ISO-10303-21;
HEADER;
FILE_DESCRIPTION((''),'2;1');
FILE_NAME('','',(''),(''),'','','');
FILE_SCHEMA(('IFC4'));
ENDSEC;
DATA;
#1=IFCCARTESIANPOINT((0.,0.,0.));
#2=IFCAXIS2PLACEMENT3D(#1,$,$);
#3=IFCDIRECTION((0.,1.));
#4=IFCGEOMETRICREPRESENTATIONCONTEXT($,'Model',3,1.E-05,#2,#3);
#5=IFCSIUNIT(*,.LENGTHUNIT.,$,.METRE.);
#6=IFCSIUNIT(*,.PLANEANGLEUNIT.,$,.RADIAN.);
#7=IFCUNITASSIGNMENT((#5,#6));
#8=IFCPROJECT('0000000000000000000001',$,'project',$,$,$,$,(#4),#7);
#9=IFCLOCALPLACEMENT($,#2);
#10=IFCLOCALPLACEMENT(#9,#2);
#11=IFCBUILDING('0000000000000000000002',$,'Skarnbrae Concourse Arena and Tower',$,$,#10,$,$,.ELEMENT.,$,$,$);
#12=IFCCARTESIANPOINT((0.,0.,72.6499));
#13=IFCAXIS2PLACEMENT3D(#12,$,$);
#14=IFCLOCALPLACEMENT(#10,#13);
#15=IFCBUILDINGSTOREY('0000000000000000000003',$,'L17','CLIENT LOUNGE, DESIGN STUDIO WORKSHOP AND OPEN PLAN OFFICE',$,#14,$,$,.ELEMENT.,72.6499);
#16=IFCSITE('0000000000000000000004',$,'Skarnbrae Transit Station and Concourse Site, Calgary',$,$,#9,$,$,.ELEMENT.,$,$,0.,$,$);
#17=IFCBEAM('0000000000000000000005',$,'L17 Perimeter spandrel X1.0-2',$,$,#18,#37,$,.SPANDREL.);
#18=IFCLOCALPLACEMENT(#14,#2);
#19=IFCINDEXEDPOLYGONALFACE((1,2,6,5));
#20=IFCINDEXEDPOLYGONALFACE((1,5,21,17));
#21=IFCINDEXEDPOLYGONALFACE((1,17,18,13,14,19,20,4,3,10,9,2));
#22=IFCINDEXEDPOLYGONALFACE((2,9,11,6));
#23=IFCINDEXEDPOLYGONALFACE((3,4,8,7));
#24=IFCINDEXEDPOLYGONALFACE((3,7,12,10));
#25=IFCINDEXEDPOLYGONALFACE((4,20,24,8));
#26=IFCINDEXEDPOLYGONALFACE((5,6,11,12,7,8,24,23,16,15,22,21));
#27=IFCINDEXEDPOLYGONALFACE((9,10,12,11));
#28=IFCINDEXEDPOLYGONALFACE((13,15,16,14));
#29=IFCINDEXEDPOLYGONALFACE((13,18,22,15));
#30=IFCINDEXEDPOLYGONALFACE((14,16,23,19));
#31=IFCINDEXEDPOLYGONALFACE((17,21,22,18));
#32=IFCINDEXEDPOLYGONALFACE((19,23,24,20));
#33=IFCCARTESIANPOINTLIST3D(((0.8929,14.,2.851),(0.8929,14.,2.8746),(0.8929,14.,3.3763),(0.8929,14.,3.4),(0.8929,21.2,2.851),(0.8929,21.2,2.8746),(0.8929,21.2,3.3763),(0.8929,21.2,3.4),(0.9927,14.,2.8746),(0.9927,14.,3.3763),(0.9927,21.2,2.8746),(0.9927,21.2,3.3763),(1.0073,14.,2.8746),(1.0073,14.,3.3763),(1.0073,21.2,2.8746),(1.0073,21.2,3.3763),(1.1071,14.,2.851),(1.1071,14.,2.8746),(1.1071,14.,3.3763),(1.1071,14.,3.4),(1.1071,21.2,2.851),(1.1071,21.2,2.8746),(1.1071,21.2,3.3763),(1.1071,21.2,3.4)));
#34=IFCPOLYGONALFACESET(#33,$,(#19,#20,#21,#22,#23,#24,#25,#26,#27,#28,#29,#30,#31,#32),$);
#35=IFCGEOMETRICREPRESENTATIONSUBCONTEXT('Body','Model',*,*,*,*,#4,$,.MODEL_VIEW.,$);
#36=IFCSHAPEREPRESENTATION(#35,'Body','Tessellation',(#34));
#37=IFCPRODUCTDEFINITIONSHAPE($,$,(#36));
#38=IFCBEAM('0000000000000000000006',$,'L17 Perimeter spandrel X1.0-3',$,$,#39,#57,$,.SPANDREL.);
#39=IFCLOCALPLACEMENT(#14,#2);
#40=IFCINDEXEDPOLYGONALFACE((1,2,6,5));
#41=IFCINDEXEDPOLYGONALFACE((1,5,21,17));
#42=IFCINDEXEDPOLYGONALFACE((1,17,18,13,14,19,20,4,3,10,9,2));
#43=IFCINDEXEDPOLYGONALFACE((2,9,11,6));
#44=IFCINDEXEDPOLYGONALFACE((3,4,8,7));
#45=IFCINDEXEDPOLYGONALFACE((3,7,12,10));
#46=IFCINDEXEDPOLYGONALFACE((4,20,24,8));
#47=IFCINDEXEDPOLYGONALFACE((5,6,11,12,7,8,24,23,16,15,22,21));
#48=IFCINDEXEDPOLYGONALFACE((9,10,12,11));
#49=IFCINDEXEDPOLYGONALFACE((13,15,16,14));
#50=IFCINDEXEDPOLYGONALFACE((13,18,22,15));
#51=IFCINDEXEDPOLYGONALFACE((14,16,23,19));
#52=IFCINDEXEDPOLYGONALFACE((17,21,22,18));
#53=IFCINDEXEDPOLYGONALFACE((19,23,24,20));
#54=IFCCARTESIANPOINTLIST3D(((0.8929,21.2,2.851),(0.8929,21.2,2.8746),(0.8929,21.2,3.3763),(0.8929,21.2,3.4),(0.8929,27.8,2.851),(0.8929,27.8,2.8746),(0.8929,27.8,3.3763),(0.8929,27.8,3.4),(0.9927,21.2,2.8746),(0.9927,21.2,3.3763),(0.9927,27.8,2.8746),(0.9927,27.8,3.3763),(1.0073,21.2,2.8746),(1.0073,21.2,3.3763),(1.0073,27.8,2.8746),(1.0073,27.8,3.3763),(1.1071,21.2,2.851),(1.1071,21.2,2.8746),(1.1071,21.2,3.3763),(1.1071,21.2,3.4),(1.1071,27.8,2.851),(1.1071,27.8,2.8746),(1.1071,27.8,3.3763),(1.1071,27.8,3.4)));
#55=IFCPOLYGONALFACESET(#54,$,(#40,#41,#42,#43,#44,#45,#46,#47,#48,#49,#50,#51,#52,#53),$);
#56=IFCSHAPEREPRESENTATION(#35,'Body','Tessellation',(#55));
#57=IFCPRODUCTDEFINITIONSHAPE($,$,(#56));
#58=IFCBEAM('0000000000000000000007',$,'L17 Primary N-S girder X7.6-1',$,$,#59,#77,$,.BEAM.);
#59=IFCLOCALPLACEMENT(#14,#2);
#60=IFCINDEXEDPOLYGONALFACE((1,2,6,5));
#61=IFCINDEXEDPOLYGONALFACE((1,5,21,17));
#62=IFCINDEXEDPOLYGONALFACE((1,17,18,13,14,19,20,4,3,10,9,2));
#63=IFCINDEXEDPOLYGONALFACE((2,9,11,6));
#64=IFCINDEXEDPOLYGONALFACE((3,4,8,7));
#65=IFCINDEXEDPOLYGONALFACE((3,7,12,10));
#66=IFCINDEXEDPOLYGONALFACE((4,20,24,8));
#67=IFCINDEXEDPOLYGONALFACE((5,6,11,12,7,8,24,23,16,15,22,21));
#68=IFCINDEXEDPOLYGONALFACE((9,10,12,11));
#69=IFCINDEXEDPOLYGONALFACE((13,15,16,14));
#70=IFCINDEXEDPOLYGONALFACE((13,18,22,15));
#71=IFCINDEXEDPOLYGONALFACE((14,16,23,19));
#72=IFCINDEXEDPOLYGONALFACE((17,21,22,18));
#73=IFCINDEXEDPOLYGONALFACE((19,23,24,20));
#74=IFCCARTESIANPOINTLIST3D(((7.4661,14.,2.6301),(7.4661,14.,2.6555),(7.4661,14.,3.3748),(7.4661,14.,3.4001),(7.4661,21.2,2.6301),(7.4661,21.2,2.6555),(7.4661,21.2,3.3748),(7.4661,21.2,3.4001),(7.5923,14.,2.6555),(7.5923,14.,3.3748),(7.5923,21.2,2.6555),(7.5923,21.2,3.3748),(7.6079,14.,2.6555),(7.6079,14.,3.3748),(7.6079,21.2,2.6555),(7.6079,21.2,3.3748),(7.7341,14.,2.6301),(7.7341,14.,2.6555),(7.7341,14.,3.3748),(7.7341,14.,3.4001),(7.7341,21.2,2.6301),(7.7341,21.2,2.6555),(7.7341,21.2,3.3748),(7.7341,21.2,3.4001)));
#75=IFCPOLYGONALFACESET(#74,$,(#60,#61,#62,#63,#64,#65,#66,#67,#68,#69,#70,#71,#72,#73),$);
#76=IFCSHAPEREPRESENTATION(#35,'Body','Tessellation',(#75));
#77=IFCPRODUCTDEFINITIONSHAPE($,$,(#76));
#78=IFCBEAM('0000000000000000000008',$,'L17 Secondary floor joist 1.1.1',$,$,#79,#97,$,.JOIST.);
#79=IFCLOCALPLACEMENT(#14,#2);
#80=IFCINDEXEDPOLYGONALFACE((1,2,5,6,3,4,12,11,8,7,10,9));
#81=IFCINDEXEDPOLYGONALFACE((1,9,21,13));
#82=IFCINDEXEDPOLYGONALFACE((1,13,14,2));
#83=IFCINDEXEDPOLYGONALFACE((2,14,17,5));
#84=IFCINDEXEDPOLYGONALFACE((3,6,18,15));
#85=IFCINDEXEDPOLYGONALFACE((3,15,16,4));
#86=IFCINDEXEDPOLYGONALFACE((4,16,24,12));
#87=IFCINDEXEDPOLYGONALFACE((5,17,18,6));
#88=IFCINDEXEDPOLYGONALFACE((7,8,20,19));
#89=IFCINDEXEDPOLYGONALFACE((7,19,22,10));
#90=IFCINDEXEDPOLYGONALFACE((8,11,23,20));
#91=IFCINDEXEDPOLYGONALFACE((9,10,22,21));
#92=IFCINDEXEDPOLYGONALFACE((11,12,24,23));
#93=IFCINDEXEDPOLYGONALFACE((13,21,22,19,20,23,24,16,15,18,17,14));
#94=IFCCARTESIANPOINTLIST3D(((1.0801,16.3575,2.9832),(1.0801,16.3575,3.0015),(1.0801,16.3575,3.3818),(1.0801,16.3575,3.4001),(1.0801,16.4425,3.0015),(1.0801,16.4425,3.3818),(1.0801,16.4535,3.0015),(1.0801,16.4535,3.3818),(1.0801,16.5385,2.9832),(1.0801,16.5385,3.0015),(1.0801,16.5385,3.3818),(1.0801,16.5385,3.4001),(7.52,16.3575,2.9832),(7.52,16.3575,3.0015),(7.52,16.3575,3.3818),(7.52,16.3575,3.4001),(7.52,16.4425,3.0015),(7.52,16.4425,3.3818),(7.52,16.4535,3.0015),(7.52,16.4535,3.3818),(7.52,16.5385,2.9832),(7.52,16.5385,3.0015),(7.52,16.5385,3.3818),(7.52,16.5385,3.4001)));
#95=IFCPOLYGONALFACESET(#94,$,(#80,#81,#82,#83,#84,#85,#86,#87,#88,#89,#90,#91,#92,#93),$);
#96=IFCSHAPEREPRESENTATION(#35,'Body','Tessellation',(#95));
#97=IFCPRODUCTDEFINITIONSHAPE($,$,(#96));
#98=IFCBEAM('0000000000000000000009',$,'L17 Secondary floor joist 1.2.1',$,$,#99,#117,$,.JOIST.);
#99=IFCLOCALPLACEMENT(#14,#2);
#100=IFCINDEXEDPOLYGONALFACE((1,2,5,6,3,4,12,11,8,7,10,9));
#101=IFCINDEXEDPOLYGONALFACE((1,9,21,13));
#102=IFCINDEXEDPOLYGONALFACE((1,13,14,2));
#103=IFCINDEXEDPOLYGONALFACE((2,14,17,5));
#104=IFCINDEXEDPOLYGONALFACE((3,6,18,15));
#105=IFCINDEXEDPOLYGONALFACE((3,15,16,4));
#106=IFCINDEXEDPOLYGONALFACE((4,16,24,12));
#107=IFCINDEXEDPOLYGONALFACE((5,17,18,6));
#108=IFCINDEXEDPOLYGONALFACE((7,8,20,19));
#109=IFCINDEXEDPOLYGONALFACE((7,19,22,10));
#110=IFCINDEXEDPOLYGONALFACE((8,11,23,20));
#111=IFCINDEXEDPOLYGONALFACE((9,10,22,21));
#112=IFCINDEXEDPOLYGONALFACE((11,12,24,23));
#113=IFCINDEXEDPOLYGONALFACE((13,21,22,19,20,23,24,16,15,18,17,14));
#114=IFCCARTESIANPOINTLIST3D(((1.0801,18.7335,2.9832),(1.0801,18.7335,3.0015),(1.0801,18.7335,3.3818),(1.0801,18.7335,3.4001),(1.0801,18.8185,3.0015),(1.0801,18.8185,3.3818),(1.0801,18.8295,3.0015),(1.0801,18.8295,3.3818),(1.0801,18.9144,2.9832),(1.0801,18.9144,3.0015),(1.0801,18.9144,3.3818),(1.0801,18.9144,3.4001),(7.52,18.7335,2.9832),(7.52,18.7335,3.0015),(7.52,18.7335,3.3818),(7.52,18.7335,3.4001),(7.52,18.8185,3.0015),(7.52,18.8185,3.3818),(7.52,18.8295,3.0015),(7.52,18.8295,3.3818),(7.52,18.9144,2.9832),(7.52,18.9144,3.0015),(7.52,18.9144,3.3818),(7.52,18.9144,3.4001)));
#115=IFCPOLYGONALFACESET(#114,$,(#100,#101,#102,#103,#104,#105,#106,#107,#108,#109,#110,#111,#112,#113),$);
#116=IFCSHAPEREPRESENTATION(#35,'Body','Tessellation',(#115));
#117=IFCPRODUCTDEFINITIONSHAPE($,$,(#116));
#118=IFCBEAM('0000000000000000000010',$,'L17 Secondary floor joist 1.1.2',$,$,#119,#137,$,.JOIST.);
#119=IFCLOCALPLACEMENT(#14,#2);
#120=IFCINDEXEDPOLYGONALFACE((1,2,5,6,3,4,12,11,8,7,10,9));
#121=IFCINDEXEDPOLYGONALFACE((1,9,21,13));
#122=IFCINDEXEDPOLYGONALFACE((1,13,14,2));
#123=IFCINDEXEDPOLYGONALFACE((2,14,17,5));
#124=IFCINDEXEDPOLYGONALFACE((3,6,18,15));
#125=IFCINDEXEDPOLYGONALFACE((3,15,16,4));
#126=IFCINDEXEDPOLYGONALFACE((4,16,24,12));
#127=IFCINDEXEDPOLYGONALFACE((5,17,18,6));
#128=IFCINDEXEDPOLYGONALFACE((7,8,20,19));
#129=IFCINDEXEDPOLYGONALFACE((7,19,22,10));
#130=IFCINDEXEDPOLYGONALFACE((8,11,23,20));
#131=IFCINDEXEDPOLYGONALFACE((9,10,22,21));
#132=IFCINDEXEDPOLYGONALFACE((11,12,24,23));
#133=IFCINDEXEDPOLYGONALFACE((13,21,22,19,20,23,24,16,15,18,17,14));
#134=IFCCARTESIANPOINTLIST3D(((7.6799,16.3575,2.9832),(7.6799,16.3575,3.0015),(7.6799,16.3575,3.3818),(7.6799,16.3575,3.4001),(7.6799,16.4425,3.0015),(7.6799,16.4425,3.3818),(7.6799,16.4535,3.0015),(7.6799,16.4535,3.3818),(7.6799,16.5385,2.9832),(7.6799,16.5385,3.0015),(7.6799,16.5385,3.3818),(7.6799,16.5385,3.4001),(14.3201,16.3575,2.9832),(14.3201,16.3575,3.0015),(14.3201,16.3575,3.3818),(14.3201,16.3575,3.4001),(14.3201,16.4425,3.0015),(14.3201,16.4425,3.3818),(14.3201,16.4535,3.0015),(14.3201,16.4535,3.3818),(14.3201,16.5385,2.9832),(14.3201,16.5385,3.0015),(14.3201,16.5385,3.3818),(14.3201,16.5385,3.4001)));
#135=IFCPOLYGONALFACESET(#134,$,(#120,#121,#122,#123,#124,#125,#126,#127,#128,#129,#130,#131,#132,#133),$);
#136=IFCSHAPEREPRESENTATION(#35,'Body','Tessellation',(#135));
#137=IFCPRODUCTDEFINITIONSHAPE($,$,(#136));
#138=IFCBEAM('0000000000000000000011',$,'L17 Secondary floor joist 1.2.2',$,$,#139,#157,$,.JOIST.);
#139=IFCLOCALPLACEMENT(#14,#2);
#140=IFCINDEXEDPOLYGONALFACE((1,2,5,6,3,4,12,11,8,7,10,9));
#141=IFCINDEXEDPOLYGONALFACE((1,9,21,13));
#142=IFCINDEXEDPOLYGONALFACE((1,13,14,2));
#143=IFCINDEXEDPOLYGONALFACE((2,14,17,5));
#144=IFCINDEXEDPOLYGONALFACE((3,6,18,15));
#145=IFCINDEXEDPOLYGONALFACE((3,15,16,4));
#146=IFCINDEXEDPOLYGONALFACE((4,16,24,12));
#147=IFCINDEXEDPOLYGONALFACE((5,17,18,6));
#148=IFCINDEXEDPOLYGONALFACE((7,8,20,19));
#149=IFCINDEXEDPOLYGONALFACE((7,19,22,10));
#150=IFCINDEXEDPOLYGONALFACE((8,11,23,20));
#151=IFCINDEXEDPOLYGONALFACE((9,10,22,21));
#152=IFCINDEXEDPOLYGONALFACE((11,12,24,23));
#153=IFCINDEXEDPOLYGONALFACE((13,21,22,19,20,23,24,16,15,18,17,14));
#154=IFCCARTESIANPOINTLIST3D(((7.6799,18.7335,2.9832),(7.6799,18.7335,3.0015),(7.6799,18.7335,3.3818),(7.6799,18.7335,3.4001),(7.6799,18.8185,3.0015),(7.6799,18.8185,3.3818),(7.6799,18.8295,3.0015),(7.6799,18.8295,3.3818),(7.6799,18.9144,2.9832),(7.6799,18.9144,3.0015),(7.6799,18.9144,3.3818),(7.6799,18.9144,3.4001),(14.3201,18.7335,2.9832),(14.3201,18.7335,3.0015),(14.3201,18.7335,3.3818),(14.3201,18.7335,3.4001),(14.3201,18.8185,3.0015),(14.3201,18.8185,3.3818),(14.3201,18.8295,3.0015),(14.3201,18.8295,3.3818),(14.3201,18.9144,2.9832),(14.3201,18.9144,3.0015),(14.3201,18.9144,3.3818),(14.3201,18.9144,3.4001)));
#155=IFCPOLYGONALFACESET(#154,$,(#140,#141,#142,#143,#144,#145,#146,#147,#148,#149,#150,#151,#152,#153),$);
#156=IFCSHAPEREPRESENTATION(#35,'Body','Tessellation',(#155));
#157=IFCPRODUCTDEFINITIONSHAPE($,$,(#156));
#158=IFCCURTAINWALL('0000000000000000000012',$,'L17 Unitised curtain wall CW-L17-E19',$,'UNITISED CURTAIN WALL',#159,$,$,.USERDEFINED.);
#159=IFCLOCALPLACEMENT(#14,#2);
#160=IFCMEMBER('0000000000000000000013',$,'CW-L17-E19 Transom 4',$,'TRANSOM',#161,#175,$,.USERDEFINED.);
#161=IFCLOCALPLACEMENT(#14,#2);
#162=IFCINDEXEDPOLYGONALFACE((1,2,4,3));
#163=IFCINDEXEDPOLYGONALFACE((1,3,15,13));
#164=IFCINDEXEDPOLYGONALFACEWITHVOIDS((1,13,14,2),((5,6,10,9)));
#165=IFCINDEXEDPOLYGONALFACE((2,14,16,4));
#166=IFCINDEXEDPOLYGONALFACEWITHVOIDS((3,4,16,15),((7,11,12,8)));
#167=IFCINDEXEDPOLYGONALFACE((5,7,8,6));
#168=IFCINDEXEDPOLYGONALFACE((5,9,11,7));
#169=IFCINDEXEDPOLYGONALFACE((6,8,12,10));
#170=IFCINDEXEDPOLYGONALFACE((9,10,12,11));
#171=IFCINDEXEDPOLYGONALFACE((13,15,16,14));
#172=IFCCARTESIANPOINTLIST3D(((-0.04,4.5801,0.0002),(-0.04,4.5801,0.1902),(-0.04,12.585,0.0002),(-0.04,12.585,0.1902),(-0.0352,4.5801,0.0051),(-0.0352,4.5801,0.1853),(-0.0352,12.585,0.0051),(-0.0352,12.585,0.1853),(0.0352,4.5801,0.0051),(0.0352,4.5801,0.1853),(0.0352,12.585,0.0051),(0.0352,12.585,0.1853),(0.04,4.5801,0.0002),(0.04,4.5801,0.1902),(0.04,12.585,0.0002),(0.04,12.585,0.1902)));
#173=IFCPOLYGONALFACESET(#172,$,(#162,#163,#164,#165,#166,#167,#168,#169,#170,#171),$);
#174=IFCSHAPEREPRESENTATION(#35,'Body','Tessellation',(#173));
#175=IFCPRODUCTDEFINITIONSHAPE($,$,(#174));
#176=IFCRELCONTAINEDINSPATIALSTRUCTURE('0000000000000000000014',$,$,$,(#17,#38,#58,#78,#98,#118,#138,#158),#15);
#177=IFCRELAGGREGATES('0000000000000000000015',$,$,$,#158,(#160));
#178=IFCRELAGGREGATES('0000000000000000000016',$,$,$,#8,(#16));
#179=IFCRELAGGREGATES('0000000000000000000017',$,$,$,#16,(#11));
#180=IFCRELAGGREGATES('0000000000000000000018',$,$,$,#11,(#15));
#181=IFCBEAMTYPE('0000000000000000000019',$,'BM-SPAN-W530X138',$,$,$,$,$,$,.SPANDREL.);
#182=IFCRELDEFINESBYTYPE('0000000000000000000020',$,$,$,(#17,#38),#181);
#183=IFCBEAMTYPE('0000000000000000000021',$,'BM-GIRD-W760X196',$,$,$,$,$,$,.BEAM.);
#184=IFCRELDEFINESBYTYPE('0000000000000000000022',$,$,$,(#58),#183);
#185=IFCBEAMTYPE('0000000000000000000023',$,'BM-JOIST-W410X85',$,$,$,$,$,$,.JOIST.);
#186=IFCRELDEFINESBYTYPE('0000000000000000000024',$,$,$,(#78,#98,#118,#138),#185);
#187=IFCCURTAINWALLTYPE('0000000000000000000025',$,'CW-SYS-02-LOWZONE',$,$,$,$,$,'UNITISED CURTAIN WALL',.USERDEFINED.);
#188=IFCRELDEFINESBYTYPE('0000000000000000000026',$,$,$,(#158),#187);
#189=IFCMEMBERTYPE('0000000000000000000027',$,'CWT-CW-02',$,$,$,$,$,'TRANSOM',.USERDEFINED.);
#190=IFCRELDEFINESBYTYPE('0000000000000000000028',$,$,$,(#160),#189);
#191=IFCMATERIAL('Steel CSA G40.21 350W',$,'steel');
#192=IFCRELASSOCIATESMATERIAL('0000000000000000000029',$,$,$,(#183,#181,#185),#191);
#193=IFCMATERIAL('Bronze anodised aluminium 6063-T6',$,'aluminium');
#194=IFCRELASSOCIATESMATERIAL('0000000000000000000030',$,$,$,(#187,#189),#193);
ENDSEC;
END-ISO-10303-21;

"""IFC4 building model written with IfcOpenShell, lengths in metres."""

from ifc_helpers import new_model, si_unit, direction, frame, origin, origin_2d, place, context, subcontext, project, spatial, hollow_rectangle, i_section, extrude, source, transform, mapped, material, material_profile, profile_set, type_object, element, aggregate, save


model = new_model("IFC4")

# Units and contexts
model_context = context("Model", 3, precision=1e-05, world=origin(), true_north=direction((0.0, 1.0)))
body_context = subcontext(model_context, "Body", "Model", "MODEL_VIEW")
ifc_project = project(units=[si_unit("LENGTHUNIT", "METRE"), si_unit("PLANEANGLEUNIT", "RADIAN")], contexts=[model_context])

# Site, building, storey
site_placement = place(None, origin())
site = spatial("IfcSite", under=ifc_project, at=site_placement, Name="Skarnbrae Transit Station and Concourse Site, Calgary", CompositionType="ELEMENT", RefElevation=0.0)
building_placement = place(site_placement, origin())
building = spatial("IfcBuilding", under=site, at=building_placement, Name="Skarnbrae Concourse Arena and Tower", CompositionType="ELEMENT")
storey_placement = place(building_placement, frame((0.0, 0.0, 72.6499)))
storey = spatial("IfcBuildingStorey", under=building, at=storey_placement, Name="L17", Description="CLIENT LOUNGE, DESIGN STUDIO WORKSHOP AND OPEN PLAN OFFICE", CompositionType="ELEMENT", Elevation=72.6499)

# Shared definitions
ifc_material_1 = material(Name="Steel CSA G40.21 350W", Category="steel")

# Beams
ifc_material_profile_1 = material_profile(ifc_material_1, i_section(OverallWidth=0.2681, OverallDepth=0.77, WebThickness=0.0156, FlangeThickness=0.0254, at=origin_2d()), Name="W760X196")
ifc_profile_set_1 = profile_set([ifc_material_profile_1], Name="Steel CSA G40.21 350W")
beam_type_1 = type_object("IfcBeamType", Name="BM-GIRD-W760X196", PredefinedType="BEAM", material=ifc_profile_set_1)
ifc_material_profile_2 = material_profile(ifc_material_1, i_section(OverallWidth=0.2141, OverallDepth=0.5491, WebThickness=0.0146, FlangeThickness=0.0237, at=origin_2d()), Name="W530X138")
ifc_profile_set_2 = profile_set([ifc_material_profile_2], Name="Steel CSA G40.21 350W")
beam_type_2 = type_object("IfcBeamType", Name="BM-SPAN-W530X138", PredefinedType="SPANDREL", material=ifc_profile_set_2)
shared_shape_1 = source(origin(), body_context, "Body", "SweptSolid", [
    extrude(i_section(OverallWidth=0.2141, OverallDepth=0.5491, WebThickness=0.0146, FlangeThickness=0.0237, at=origin_2d()), origin(), (0.0, 0.0, 1.0), 7.2),
])
beam_1_placement = place(storey_placement, frame((1.0, 14.0, 3.1255), z_axis=(0.0, 1.0, 0.0), x_axis=(-1.0, 0.0, 0.0)))
element("IfcBeam", 1, at=beam_1_placement, inside=storey, type_object=beam_type_2, Name="L17 Perimeter spandrel X1.0-2", PredefinedType="SPANDREL", context=body_context, shape_type="MappedRepresentation", body=[
    mapped(shared_shape_1, transform((0.0, 0.0, 0.0))),
])
shared_shape_2 = source(origin(), body_context, "Body", "SweptSolid", [
    extrude(i_section(OverallWidth=0.2141, OverallDepth=0.5491, WebThickness=0.0146, FlangeThickness=0.0237, at=origin_2d()), origin(), (0.0, 0.0, 1.0), 6.6001),
])
beam_2_placement = place(storey_placement, frame((1.0, 21.2, 3.1255), z_axis=(0.0, 1.0, 0.0), x_axis=(-1.0, 0.0, 0.0)))
element("IfcBeam", 2, at=beam_2_placement, inside=storey, type_object=beam_type_2, Name="L17 Perimeter spandrel X1.0-3", PredefinedType="SPANDREL", context=body_context, shape_type="MappedRepresentation", body=[
    mapped(shared_shape_2, transform((0.0, 0.0, 0.0))),
])
shared_shape_3 = source(origin(), body_context, "Body", "SweptSolid", [
    extrude(i_section(OverallWidth=0.2681, OverallDepth=0.77, WebThickness=0.0156, FlangeThickness=0.0254, at=origin_2d()), origin(), (0.0, 0.0, 1.0), 7.2),
])
beam_3_placement = place(storey_placement, frame((7.6001, 14.0, 3.0151), z_axis=(0.0, 1.0, 0.0), x_axis=(-1.0, 0.0, 0.0)))
element("IfcBeam", 3, at=beam_3_placement, inside=storey, type_object=beam_type_1, Name="L17 Primary N-S girder X7.6-1", PredefinedType="BEAM", context=body_context, shape_type="MappedRepresentation", body=[
    mapped(shared_shape_3, transform((0.0, 0.0, 0.0))),
])
ifc_material_profile_3 = material_profile(ifc_material_1, i_section(OverallWidth=0.1809, OverallDepth=0.417, WebThickness=0.011, FlangeThickness=0.0183, at=origin_2d()), Name="W410X85")
ifc_profile_set_3 = profile_set([ifc_material_profile_3], Name="Steel CSA G40.21 350W")
beam_type_3 = type_object("IfcBeamType", Name="BM-JOIST-W410X85", PredefinedType="JOIST", material=ifc_profile_set_3)
shared_shape_4 = source(origin(), body_context, "Body", "SweptSolid", [
    extrude(i_section(OverallWidth=0.1809, OverallDepth=0.417, WebThickness=0.011, FlangeThickness=0.0183, at=origin_2d()), origin(), (0.0, 0.0, 1.0), 6.4399),
])
for number, where, z_axis, x_axis, name in (
    (4, (1.0801, 16.448, 3.1917), (1.0, 0.0, 0.0), (0.0, 1.0, 0.0), "L17 Secondary floor joist 1.1.1"),
    (5, (1.0801, 18.824, 3.1917), (1.0, 0.0, 0.0), (0.0, 1.0, 0.0), "L17 Secondary floor joist 1.2.1"),
):
    element("IfcBeam", number, at=place(storey_placement, frame(where, z_axis=z_axis, x_axis=x_axis)), inside=storey, type_object=beam_type_3, Name=name, PredefinedType="JOIST", context=body_context, shape_type="MappedRepresentation", body=[
        mapped(shared_shape_4, transform((0.0, 0.0, 0.0))),
    ])
shared_shape_5 = source(origin(), body_context, "Body", "SweptSolid", [
    extrude(i_section(OverallWidth=0.1809, OverallDepth=0.417, WebThickness=0.011, FlangeThickness=0.0183, at=origin_2d()), origin(), (0.0, 0.0, 1.0), 6.6401),
])
for number, where, z_axis, x_axis, name in (
    (6, (7.6799, 16.448, 3.1917), (1.0, 0.0, 0.0), (0.0, 1.0, 0.0), "L17 Secondary floor joist 1.1.2"),
    (7, (7.6799, 18.824, 3.1917), (1.0, 0.0, 0.0), (0.0, 1.0, 0.0), "L17 Secondary floor joist 1.2.2"),
):
    element("IfcBeam", number, at=place(storey_placement, frame(where, z_axis=z_axis, x_axis=x_axis)), inside=storey, type_object=beam_type_3, Name=name, PredefinedType="JOIST", context=body_context, shape_type="MappedRepresentation", body=[
        mapped(shared_shape_5, transform((0.0, 0.0, 0.0))),
    ])

# Curtain wall, member
ifc_material_2 = material(Name="Bronze anodised aluminium 6063-T6", Category="aluminium")
curtain_wall_type = type_object("IfcCurtainWallType", Name="CW-SYS-02-LOWZONE", ElementType="UNITISED CURTAIN WALL", PredefinedType="USERDEFINED", material=ifc_material_2)
curtain_wall_placement = place(storey_placement, origin())
curtain_wall = element("IfcCurtainWall", 8, at=curtain_wall_placement, inside=storey, type_object=curtain_wall_type, Name="L17 Unitised curtain wall CW-L17-E19", ObjectType="UNITISED CURTAIN WALL", PredefinedType="USERDEFINED")
ifc_material_profile_4 = material_profile(ifc_material_2, hollow_rectangle(XDim=0.0801, YDim=0.1899, WallThickness=0.0049, at=origin_2d()), Name="ALU-TRAN-80X190")
ifc_profile_set_4 = profile_set([ifc_material_profile_4], Name="Bronze anodised aluminium 6063-T6")
member_type_1 = type_object("IfcMemberType", Name="CWT-CW-02", ElementType="TRANSOM", PredefinedType="USERDEFINED", material=ifc_profile_set_4)
shared_shape_6 = source(origin(), body_context, "Body", "SweptSolid", [
    extrude(hollow_rectangle(XDim=0.0801, YDim=0.1899, WallThickness=0.0049, at=origin_2d()), origin(), (0.0, 0.0, 1.0), 8.0049),
])
member_1_placement = place(storey_placement, frame((0.0, 12.585, 0.0952), z_axis=(0.0, -1.0, 0.0), x_axis=(1.0, 0.0, 0.0)))
member_1 = element("IfcMember", 9, at=member_1_placement, type_object=member_type_1, Name="CW-L17-E19 Transom 4", ObjectType="TRANSOM", PredefinedType="USERDEFINED", context=body_context, shape_type="MappedRepresentation", body=[
    mapped(shared_shape_6, transform((0.0, 0.0, 0.0))),
])
aggregate(curtain_wall, [member_1])

save(model, "model.ifc")
